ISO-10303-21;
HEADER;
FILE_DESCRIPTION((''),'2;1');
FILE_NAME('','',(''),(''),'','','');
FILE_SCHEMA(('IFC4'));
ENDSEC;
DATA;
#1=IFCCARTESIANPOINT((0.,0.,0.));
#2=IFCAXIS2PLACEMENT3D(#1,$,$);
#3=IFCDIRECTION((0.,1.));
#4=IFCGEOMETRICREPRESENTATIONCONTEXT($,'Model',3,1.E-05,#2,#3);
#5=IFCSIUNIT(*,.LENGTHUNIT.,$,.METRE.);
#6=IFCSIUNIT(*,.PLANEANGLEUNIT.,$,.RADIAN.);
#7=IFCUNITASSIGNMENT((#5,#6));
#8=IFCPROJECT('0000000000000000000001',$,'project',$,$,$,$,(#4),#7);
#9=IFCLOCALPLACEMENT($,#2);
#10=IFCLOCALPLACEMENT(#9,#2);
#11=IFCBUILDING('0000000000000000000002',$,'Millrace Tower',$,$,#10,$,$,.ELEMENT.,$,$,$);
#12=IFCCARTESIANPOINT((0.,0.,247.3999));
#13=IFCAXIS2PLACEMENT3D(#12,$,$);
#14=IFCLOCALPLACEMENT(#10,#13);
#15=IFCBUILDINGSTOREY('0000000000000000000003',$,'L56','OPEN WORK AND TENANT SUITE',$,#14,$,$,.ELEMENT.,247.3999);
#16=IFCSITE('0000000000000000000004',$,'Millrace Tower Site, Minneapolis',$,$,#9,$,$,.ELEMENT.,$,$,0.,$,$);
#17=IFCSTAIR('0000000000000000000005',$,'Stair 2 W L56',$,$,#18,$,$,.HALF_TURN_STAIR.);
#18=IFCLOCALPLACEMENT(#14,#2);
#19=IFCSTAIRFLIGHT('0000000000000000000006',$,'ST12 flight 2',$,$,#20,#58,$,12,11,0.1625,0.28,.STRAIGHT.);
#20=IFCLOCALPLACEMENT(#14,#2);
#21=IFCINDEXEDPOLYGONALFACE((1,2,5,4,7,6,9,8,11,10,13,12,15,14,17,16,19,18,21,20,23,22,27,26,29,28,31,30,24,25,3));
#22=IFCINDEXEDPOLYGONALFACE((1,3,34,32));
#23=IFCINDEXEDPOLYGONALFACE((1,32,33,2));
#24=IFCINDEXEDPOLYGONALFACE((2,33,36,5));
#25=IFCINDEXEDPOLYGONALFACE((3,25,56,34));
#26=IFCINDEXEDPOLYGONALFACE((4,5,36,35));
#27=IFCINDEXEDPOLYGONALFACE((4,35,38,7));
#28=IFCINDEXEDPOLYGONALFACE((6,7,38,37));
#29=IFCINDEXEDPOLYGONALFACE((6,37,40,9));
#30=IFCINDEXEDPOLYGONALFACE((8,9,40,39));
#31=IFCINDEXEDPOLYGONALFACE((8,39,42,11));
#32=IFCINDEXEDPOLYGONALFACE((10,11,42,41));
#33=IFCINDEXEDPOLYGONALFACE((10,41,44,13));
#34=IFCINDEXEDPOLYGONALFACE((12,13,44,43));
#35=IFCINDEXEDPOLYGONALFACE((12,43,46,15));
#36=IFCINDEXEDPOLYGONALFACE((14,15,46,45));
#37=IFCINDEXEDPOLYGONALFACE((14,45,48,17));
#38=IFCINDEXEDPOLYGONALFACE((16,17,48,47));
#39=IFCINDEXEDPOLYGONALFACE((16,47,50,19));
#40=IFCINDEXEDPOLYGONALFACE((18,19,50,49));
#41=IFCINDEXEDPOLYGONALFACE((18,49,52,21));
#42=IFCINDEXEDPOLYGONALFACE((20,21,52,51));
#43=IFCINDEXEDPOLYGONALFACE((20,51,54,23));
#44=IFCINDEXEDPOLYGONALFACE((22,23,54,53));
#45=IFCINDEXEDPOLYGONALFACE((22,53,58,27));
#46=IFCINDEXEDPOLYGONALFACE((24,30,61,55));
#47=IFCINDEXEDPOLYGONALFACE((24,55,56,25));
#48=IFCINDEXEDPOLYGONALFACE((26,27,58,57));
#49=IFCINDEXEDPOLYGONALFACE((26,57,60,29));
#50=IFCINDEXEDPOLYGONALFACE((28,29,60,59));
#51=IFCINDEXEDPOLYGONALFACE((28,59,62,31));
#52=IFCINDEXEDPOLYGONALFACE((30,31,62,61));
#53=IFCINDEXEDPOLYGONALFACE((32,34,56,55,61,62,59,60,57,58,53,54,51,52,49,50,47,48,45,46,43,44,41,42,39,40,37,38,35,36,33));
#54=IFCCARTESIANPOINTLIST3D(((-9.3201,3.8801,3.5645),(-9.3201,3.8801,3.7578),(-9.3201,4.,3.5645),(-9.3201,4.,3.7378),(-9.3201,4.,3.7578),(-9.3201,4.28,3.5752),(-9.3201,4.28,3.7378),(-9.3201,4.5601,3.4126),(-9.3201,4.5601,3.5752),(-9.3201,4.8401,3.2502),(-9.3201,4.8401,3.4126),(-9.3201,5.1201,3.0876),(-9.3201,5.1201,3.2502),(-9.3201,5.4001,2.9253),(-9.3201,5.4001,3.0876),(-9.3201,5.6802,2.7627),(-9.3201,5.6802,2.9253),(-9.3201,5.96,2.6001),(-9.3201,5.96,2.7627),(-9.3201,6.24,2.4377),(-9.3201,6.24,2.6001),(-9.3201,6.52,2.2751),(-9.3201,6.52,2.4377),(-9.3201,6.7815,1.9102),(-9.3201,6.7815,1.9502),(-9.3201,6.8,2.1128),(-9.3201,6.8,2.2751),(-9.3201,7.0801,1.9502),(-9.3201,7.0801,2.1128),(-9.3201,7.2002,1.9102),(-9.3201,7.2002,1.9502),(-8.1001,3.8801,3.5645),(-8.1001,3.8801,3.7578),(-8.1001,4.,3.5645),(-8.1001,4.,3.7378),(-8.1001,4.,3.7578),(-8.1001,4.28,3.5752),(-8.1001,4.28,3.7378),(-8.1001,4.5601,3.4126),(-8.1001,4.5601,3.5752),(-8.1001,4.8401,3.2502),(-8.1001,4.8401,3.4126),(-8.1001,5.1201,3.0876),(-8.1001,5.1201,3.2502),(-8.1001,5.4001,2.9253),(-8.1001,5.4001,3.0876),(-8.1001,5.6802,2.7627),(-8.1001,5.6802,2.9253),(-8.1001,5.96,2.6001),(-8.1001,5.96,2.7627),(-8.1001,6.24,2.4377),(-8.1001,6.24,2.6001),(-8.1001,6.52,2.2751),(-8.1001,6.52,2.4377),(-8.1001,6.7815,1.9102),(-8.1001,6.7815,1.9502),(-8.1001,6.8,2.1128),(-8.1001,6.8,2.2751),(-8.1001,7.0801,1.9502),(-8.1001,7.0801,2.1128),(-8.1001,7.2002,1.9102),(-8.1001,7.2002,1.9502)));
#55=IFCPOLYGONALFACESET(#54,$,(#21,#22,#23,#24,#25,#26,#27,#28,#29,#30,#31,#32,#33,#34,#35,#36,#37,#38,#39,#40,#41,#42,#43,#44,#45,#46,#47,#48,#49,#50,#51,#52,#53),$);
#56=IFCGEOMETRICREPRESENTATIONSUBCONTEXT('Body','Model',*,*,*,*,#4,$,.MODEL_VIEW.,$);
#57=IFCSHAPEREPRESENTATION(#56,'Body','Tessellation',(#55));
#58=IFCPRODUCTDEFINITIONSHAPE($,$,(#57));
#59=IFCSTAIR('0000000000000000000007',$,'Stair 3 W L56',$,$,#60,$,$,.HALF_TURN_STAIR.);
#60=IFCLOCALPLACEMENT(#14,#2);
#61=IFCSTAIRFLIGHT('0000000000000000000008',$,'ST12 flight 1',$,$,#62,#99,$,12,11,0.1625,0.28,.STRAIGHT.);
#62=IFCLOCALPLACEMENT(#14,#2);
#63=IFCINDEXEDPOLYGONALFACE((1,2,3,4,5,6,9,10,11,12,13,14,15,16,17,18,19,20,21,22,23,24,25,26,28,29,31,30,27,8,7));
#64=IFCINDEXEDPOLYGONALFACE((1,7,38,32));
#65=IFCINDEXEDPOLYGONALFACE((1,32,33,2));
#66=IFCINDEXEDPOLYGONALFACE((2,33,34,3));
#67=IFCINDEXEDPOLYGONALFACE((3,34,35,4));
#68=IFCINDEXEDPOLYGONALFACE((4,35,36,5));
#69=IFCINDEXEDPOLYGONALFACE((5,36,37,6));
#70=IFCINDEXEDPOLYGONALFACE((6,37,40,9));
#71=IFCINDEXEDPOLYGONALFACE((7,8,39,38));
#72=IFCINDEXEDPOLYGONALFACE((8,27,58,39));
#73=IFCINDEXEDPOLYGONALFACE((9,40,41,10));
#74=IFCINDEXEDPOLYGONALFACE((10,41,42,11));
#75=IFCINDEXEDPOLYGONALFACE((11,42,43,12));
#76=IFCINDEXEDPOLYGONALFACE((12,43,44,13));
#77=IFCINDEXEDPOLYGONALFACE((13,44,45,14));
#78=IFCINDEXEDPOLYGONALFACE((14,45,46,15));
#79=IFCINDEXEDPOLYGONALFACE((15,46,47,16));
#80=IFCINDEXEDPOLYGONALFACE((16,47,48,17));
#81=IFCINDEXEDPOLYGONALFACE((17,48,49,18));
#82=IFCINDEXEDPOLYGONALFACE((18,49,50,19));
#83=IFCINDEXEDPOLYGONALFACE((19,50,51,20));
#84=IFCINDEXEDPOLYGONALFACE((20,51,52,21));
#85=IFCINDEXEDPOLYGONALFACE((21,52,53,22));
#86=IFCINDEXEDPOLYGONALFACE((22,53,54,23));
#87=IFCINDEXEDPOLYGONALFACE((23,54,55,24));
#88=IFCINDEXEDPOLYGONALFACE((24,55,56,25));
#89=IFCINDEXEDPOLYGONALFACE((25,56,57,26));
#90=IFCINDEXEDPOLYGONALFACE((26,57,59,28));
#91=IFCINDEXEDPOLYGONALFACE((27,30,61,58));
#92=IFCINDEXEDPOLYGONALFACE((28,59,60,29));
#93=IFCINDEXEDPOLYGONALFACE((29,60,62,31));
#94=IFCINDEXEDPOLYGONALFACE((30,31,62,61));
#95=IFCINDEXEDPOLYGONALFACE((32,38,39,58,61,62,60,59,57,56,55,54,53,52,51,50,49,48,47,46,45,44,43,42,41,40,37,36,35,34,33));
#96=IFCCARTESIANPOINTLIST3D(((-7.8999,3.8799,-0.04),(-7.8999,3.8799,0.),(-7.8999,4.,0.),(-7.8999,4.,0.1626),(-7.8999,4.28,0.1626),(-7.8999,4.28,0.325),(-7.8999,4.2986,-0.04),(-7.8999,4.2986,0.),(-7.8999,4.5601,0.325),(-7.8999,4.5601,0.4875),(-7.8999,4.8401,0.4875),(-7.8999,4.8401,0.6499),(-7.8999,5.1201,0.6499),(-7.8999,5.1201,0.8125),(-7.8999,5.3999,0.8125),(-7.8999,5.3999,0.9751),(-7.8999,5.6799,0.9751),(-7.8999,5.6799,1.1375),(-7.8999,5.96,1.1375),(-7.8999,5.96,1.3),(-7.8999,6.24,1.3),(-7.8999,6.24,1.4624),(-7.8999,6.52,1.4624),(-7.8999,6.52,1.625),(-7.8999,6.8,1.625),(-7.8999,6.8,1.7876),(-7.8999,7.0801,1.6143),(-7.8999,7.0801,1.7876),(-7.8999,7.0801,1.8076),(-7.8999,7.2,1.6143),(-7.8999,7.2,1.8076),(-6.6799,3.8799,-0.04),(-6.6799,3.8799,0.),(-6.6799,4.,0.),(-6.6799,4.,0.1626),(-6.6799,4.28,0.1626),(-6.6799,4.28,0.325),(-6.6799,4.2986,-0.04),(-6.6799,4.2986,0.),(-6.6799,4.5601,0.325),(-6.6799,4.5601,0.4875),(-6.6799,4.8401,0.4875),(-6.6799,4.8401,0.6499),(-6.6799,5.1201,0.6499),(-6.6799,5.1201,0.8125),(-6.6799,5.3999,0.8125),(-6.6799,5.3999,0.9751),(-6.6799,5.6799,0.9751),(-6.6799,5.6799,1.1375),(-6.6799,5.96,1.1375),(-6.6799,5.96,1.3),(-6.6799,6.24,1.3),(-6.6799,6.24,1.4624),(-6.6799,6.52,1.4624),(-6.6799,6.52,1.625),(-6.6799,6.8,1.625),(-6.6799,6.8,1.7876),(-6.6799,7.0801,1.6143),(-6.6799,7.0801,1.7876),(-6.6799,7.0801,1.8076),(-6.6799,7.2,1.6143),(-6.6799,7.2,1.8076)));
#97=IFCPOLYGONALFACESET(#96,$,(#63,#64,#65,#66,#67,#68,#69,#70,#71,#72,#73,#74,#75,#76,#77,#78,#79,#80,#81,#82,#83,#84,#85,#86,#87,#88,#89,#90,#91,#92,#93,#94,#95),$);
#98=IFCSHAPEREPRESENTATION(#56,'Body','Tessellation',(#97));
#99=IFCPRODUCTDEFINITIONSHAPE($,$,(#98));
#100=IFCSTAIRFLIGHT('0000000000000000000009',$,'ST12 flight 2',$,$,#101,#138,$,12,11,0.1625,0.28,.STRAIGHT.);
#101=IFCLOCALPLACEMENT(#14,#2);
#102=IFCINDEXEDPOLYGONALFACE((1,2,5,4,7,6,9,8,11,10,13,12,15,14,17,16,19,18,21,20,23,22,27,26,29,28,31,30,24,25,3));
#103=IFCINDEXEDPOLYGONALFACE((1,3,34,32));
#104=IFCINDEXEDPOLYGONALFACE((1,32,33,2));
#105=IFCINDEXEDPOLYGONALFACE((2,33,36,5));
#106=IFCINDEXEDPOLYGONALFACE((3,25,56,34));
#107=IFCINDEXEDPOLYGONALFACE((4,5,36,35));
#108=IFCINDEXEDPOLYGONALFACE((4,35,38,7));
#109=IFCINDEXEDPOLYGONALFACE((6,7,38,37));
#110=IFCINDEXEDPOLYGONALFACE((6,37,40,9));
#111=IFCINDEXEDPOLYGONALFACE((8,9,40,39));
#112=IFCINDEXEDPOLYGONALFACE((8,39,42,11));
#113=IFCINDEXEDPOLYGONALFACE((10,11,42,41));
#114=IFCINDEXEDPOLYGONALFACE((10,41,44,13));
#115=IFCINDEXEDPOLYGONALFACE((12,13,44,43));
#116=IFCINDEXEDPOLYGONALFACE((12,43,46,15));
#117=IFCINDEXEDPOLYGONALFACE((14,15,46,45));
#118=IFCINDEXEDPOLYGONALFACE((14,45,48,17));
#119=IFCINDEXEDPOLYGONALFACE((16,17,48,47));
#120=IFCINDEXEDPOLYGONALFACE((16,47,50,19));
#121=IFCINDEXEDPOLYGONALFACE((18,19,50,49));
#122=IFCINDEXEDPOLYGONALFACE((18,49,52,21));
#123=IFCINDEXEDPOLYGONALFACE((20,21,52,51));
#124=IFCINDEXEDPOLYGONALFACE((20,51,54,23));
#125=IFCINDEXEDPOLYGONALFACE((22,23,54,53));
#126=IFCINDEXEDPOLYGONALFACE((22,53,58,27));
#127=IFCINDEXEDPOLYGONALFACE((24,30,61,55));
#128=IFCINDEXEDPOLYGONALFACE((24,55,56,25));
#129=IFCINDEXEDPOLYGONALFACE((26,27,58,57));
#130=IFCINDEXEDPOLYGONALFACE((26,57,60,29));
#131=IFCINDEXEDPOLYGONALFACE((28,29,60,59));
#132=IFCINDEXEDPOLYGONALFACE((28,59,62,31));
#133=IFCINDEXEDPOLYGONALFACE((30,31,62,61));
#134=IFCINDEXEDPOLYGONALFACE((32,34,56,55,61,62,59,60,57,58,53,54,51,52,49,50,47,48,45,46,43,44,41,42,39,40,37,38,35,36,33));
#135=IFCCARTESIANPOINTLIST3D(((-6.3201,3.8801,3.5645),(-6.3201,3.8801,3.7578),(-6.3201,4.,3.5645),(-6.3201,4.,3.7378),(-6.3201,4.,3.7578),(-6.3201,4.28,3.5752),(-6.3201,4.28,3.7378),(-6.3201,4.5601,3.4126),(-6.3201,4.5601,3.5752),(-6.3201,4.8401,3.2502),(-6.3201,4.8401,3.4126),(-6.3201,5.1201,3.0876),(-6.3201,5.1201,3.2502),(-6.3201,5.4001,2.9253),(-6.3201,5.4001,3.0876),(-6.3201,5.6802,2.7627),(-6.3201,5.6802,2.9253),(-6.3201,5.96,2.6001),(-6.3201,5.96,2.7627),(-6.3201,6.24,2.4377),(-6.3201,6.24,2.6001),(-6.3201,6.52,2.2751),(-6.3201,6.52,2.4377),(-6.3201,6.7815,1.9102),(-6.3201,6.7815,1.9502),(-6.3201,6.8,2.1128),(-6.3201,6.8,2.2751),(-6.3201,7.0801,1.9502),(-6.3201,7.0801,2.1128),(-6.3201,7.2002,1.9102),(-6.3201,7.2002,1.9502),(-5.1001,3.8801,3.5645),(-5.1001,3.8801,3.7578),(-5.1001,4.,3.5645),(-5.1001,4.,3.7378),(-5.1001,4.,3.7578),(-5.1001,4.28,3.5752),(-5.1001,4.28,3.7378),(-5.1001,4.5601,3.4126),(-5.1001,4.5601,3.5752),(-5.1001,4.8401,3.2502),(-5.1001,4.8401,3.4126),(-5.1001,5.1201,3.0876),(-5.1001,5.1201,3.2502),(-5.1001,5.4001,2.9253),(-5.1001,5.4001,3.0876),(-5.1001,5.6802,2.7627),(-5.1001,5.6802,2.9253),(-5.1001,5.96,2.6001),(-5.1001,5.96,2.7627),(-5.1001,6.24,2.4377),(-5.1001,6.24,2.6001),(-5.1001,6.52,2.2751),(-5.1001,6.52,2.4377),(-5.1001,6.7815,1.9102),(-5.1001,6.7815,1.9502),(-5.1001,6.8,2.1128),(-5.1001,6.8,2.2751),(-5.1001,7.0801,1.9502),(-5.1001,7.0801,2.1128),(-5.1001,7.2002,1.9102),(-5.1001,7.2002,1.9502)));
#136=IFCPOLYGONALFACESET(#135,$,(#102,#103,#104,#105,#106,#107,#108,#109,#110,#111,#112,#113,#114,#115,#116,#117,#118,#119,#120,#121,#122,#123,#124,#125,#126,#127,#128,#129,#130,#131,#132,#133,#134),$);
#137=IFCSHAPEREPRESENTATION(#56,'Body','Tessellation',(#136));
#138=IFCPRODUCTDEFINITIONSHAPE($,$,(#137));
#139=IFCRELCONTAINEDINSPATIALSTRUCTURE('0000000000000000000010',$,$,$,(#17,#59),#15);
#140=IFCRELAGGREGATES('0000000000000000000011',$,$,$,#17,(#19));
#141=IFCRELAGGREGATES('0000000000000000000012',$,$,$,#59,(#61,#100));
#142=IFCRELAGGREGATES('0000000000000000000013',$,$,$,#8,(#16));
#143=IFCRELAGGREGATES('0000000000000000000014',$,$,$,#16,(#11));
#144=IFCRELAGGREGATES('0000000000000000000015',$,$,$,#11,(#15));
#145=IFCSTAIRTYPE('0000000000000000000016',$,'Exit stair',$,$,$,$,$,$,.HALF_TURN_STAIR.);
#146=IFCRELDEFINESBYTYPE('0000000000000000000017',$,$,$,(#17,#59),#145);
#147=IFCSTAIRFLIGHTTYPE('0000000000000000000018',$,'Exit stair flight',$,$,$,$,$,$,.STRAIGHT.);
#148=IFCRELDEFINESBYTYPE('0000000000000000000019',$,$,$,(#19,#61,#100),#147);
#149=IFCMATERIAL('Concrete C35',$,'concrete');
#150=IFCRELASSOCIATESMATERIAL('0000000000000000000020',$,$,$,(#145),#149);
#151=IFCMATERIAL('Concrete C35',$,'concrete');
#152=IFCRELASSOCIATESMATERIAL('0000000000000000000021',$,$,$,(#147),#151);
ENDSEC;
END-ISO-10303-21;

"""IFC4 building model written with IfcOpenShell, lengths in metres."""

from ifc_helpers import new_model, si_unit, direction, frame, origin, place, context, subcontext, project, spatial, polyline, outline, extrude, material, type_object, element, aggregate, save


model = new_model("IFC4")

# Units and contexts
model_context = context("Model", 3, precision=1e-05, world=origin(), true_north=direction((0.0, 1.0)))
body_context = subcontext(model_context, "Body", "Model", "MODEL_VIEW")
ifc_project = project(units=[si_unit("LENGTHUNIT", "METRE"), si_unit("PLANEANGLEUNIT", "RADIAN")], contexts=[model_context])

# Site, building, storey
site_placement = place(None, origin())
site = spatial("IfcSite", under=ifc_project, at=site_placement, Name="Millrace Tower Site, Minneapolis", CompositionType="ELEMENT", RefElevation=0.0)
building_placement = place(site_placement, origin())
building = spatial("IfcBuilding", under=site, at=building_placement, Name="Millrace Tower", CompositionType="ELEMENT")
storey_placement = place(building_placement, frame((0.0, 0.0, 247.3999)))
storey = spatial("IfcBuildingStorey", under=building, at=storey_placement, Name="L56", Description="OPEN WORK AND TENANT SUITE", CompositionType="ELEMENT", Elevation=247.3999)

# Shared definitions
placement_1 = place(storey_placement, origin())

# Stairs, stair flights
ifc_material_1 = material(Name="Concrete C35", Category="concrete")
stair_type = type_object("IfcStairType", Name="Exit stair", PredefinedType="HALF_TURN_STAIR", material=ifc_material_1)
stair_1 = element("IfcStair", 1, at=placement_1, inside=storey, type_object=stair_type, Name="Stair 2 W L56", PredefinedType="HALF_TURN_STAIR")
ifc_material_2 = material(Name="Concrete C35", Category="concrete")
stair_flight_type = type_object("IfcStairFlightType", Name="Exit stair flight", PredefinedType="STRAIGHT", material=ifc_material_2)
stair_flight_1_placement = place(storey_placement, frame((-8.71, 7.0801, 1.9502), z_axis=(0.0, 0.0, 1.0), x_axis=(0.0, -1.0, 0.0)))
stair_flight_1 = element("IfcStairFlight", 2, at=stair_flight_1_placement, type_object=stair_flight_type, Name="ST12 flight 2", NumberOfRisers=12, NumberOfTreads=11, PredefinedType="STRAIGHT", RiserHeight=0.1625, TreadLength=0.28, context=body_context, shape_type="SweptSolid", body=[
    extrude(outline(polyline([(-0.1201, -0.04), (-0.1201, 0.0), (0.0, 0.0), (0.0, 0.1626), (0.28, 0.1626), (0.28, 0.325), (0.5601, 0.325), (0.5601, 0.4875), (0.8401, 0.4875), (0.8401, 0.6499), (1.1201, 0.6499), (1.1201, 0.8125), (1.3999, 0.8125), (1.3999, 0.9751), (1.6799, 0.9751), (1.6799, 1.1375), (1.96, 1.1375), (1.96, 1.3), (2.24, 1.3), (2.24, 1.4624), (2.52, 1.4624), (2.52, 1.625), (2.8, 1.625), (2.8, 1.7876), (3.0801, 1.7876), (3.0801, 1.8076), (3.2, 1.8076), (3.2, 1.6143), (3.0801, 1.6143), (0.2986, 0.0), (0.2986, -0.04), (-0.1201, -0.04)])), frame((0.0, 0.6099, 0.0), z_axis=(0.0, -1.0, 0.0), x_axis=(1.0, 0.0, 0.0)), (0.0, 0.0, 1.0), 1.22),
])
aggregate(stair_1, [stair_flight_1])
stair_2 = element("IfcStair", 3, at=placement_1, inside=storey, type_object=stair_type, Name="Stair 3 W L56", PredefinedType="HALF_TURN_STAIR")
stair_flight_2_placement = place(storey_placement, frame((-7.29, 4.0, 0.0), z_axis=(0.0, 0.0, 1.0), x_axis=(0.0, 1.0, 0.0)))
stair_flight_2 = element("IfcStairFlight", 4, at=stair_flight_2_placement, type_object=stair_flight_type, Name="ST12 flight 1", NumberOfRisers=12, NumberOfTreads=11, PredefinedType="STRAIGHT", RiserHeight=0.1625, TreadLength=0.28, context=body_context, shape_type="SweptSolid", body=[
    extrude(outline(polyline([(-0.1201, -0.04), (-0.1201, 0.0), (0.0, 0.0), (0.0, 0.1626), (0.28, 0.1626), (0.28, 0.325), (0.5601, 0.325), (0.5601, 0.4875), (0.8401, 0.4875), (0.8401, 0.6499), (1.1201, 0.6499), (1.1201, 0.8125), (1.3999, 0.8125), (1.3999, 0.9751), (1.6799, 0.9751), (1.6799, 1.1375), (1.96, 1.1375), (1.96, 1.3), (2.24, 1.3), (2.24, 1.4624), (2.52, 1.4624), (2.52, 1.625), (2.8, 1.625), (2.8, 1.7876), (3.0801, 1.7876), (3.0801, 1.8076), (3.2, 1.8076), (3.2, 1.6143), (3.0801, 1.6143), (0.2986, 0.0), (0.2986, -0.04), (-0.1201, -0.04)])), frame((0.0, 0.6099, 0.0), z_axis=(0.0, -1.0, 0.0), x_axis=(1.0, 0.0, 0.0)), (0.0, 0.0, 1.0), 1.22),
])
stair_flight_3_placement = place(storey_placement, frame((-5.71, 7.0801, 1.9502), z_axis=(0.0, 0.0, 1.0), x_axis=(0.0, -1.0, 0.0)))
stair_flight_3 = element("IfcStairFlight", 5, at=stair_flight_3_placement, type_object=stair_flight_type, Name="ST12 flight 2", NumberOfRisers=12, NumberOfTreads=11, PredefinedType="STRAIGHT", RiserHeight=0.1625, TreadLength=0.28, context=body_context, shape_type="SweptSolid", body=[
    extrude(outline(polyline([(-0.1201, -0.04), (-0.1201, 0.0), (0.0, 0.0), (0.0, 0.1626), (0.28, 0.1626), (0.28, 0.325), (0.5601, 0.325), (0.5601, 0.4875), (0.8401, 0.4875), (0.8401, 0.6499), (1.1201, 0.6499), (1.1201, 0.8125), (1.3999, 0.8125), (1.3999, 0.9751), (1.6799, 0.9751), (1.6799, 1.1375), (1.96, 1.1375), (1.96, 1.3), (2.24, 1.3), (2.24, 1.4624), (2.52, 1.4624), (2.52, 1.625), (2.8, 1.625), (2.8, 1.7876), (3.0801, 1.7876), (3.0801, 1.8076), (3.2, 1.8076), (3.2, 1.6143), (3.0801, 1.6143), (0.2986, 0.0), (0.2986, -0.04), (-0.1201, -0.04)])), frame((0.0, 0.6099, 0.0), z_axis=(0.0, -1.0, 0.0), x_axis=(1.0, 0.0, 0.0)), (0.0, 0.0, 1.0), 1.22),
])
aggregate(stair_2, [stair_flight_2, stair_flight_3])

save(model, "model.ifc")
